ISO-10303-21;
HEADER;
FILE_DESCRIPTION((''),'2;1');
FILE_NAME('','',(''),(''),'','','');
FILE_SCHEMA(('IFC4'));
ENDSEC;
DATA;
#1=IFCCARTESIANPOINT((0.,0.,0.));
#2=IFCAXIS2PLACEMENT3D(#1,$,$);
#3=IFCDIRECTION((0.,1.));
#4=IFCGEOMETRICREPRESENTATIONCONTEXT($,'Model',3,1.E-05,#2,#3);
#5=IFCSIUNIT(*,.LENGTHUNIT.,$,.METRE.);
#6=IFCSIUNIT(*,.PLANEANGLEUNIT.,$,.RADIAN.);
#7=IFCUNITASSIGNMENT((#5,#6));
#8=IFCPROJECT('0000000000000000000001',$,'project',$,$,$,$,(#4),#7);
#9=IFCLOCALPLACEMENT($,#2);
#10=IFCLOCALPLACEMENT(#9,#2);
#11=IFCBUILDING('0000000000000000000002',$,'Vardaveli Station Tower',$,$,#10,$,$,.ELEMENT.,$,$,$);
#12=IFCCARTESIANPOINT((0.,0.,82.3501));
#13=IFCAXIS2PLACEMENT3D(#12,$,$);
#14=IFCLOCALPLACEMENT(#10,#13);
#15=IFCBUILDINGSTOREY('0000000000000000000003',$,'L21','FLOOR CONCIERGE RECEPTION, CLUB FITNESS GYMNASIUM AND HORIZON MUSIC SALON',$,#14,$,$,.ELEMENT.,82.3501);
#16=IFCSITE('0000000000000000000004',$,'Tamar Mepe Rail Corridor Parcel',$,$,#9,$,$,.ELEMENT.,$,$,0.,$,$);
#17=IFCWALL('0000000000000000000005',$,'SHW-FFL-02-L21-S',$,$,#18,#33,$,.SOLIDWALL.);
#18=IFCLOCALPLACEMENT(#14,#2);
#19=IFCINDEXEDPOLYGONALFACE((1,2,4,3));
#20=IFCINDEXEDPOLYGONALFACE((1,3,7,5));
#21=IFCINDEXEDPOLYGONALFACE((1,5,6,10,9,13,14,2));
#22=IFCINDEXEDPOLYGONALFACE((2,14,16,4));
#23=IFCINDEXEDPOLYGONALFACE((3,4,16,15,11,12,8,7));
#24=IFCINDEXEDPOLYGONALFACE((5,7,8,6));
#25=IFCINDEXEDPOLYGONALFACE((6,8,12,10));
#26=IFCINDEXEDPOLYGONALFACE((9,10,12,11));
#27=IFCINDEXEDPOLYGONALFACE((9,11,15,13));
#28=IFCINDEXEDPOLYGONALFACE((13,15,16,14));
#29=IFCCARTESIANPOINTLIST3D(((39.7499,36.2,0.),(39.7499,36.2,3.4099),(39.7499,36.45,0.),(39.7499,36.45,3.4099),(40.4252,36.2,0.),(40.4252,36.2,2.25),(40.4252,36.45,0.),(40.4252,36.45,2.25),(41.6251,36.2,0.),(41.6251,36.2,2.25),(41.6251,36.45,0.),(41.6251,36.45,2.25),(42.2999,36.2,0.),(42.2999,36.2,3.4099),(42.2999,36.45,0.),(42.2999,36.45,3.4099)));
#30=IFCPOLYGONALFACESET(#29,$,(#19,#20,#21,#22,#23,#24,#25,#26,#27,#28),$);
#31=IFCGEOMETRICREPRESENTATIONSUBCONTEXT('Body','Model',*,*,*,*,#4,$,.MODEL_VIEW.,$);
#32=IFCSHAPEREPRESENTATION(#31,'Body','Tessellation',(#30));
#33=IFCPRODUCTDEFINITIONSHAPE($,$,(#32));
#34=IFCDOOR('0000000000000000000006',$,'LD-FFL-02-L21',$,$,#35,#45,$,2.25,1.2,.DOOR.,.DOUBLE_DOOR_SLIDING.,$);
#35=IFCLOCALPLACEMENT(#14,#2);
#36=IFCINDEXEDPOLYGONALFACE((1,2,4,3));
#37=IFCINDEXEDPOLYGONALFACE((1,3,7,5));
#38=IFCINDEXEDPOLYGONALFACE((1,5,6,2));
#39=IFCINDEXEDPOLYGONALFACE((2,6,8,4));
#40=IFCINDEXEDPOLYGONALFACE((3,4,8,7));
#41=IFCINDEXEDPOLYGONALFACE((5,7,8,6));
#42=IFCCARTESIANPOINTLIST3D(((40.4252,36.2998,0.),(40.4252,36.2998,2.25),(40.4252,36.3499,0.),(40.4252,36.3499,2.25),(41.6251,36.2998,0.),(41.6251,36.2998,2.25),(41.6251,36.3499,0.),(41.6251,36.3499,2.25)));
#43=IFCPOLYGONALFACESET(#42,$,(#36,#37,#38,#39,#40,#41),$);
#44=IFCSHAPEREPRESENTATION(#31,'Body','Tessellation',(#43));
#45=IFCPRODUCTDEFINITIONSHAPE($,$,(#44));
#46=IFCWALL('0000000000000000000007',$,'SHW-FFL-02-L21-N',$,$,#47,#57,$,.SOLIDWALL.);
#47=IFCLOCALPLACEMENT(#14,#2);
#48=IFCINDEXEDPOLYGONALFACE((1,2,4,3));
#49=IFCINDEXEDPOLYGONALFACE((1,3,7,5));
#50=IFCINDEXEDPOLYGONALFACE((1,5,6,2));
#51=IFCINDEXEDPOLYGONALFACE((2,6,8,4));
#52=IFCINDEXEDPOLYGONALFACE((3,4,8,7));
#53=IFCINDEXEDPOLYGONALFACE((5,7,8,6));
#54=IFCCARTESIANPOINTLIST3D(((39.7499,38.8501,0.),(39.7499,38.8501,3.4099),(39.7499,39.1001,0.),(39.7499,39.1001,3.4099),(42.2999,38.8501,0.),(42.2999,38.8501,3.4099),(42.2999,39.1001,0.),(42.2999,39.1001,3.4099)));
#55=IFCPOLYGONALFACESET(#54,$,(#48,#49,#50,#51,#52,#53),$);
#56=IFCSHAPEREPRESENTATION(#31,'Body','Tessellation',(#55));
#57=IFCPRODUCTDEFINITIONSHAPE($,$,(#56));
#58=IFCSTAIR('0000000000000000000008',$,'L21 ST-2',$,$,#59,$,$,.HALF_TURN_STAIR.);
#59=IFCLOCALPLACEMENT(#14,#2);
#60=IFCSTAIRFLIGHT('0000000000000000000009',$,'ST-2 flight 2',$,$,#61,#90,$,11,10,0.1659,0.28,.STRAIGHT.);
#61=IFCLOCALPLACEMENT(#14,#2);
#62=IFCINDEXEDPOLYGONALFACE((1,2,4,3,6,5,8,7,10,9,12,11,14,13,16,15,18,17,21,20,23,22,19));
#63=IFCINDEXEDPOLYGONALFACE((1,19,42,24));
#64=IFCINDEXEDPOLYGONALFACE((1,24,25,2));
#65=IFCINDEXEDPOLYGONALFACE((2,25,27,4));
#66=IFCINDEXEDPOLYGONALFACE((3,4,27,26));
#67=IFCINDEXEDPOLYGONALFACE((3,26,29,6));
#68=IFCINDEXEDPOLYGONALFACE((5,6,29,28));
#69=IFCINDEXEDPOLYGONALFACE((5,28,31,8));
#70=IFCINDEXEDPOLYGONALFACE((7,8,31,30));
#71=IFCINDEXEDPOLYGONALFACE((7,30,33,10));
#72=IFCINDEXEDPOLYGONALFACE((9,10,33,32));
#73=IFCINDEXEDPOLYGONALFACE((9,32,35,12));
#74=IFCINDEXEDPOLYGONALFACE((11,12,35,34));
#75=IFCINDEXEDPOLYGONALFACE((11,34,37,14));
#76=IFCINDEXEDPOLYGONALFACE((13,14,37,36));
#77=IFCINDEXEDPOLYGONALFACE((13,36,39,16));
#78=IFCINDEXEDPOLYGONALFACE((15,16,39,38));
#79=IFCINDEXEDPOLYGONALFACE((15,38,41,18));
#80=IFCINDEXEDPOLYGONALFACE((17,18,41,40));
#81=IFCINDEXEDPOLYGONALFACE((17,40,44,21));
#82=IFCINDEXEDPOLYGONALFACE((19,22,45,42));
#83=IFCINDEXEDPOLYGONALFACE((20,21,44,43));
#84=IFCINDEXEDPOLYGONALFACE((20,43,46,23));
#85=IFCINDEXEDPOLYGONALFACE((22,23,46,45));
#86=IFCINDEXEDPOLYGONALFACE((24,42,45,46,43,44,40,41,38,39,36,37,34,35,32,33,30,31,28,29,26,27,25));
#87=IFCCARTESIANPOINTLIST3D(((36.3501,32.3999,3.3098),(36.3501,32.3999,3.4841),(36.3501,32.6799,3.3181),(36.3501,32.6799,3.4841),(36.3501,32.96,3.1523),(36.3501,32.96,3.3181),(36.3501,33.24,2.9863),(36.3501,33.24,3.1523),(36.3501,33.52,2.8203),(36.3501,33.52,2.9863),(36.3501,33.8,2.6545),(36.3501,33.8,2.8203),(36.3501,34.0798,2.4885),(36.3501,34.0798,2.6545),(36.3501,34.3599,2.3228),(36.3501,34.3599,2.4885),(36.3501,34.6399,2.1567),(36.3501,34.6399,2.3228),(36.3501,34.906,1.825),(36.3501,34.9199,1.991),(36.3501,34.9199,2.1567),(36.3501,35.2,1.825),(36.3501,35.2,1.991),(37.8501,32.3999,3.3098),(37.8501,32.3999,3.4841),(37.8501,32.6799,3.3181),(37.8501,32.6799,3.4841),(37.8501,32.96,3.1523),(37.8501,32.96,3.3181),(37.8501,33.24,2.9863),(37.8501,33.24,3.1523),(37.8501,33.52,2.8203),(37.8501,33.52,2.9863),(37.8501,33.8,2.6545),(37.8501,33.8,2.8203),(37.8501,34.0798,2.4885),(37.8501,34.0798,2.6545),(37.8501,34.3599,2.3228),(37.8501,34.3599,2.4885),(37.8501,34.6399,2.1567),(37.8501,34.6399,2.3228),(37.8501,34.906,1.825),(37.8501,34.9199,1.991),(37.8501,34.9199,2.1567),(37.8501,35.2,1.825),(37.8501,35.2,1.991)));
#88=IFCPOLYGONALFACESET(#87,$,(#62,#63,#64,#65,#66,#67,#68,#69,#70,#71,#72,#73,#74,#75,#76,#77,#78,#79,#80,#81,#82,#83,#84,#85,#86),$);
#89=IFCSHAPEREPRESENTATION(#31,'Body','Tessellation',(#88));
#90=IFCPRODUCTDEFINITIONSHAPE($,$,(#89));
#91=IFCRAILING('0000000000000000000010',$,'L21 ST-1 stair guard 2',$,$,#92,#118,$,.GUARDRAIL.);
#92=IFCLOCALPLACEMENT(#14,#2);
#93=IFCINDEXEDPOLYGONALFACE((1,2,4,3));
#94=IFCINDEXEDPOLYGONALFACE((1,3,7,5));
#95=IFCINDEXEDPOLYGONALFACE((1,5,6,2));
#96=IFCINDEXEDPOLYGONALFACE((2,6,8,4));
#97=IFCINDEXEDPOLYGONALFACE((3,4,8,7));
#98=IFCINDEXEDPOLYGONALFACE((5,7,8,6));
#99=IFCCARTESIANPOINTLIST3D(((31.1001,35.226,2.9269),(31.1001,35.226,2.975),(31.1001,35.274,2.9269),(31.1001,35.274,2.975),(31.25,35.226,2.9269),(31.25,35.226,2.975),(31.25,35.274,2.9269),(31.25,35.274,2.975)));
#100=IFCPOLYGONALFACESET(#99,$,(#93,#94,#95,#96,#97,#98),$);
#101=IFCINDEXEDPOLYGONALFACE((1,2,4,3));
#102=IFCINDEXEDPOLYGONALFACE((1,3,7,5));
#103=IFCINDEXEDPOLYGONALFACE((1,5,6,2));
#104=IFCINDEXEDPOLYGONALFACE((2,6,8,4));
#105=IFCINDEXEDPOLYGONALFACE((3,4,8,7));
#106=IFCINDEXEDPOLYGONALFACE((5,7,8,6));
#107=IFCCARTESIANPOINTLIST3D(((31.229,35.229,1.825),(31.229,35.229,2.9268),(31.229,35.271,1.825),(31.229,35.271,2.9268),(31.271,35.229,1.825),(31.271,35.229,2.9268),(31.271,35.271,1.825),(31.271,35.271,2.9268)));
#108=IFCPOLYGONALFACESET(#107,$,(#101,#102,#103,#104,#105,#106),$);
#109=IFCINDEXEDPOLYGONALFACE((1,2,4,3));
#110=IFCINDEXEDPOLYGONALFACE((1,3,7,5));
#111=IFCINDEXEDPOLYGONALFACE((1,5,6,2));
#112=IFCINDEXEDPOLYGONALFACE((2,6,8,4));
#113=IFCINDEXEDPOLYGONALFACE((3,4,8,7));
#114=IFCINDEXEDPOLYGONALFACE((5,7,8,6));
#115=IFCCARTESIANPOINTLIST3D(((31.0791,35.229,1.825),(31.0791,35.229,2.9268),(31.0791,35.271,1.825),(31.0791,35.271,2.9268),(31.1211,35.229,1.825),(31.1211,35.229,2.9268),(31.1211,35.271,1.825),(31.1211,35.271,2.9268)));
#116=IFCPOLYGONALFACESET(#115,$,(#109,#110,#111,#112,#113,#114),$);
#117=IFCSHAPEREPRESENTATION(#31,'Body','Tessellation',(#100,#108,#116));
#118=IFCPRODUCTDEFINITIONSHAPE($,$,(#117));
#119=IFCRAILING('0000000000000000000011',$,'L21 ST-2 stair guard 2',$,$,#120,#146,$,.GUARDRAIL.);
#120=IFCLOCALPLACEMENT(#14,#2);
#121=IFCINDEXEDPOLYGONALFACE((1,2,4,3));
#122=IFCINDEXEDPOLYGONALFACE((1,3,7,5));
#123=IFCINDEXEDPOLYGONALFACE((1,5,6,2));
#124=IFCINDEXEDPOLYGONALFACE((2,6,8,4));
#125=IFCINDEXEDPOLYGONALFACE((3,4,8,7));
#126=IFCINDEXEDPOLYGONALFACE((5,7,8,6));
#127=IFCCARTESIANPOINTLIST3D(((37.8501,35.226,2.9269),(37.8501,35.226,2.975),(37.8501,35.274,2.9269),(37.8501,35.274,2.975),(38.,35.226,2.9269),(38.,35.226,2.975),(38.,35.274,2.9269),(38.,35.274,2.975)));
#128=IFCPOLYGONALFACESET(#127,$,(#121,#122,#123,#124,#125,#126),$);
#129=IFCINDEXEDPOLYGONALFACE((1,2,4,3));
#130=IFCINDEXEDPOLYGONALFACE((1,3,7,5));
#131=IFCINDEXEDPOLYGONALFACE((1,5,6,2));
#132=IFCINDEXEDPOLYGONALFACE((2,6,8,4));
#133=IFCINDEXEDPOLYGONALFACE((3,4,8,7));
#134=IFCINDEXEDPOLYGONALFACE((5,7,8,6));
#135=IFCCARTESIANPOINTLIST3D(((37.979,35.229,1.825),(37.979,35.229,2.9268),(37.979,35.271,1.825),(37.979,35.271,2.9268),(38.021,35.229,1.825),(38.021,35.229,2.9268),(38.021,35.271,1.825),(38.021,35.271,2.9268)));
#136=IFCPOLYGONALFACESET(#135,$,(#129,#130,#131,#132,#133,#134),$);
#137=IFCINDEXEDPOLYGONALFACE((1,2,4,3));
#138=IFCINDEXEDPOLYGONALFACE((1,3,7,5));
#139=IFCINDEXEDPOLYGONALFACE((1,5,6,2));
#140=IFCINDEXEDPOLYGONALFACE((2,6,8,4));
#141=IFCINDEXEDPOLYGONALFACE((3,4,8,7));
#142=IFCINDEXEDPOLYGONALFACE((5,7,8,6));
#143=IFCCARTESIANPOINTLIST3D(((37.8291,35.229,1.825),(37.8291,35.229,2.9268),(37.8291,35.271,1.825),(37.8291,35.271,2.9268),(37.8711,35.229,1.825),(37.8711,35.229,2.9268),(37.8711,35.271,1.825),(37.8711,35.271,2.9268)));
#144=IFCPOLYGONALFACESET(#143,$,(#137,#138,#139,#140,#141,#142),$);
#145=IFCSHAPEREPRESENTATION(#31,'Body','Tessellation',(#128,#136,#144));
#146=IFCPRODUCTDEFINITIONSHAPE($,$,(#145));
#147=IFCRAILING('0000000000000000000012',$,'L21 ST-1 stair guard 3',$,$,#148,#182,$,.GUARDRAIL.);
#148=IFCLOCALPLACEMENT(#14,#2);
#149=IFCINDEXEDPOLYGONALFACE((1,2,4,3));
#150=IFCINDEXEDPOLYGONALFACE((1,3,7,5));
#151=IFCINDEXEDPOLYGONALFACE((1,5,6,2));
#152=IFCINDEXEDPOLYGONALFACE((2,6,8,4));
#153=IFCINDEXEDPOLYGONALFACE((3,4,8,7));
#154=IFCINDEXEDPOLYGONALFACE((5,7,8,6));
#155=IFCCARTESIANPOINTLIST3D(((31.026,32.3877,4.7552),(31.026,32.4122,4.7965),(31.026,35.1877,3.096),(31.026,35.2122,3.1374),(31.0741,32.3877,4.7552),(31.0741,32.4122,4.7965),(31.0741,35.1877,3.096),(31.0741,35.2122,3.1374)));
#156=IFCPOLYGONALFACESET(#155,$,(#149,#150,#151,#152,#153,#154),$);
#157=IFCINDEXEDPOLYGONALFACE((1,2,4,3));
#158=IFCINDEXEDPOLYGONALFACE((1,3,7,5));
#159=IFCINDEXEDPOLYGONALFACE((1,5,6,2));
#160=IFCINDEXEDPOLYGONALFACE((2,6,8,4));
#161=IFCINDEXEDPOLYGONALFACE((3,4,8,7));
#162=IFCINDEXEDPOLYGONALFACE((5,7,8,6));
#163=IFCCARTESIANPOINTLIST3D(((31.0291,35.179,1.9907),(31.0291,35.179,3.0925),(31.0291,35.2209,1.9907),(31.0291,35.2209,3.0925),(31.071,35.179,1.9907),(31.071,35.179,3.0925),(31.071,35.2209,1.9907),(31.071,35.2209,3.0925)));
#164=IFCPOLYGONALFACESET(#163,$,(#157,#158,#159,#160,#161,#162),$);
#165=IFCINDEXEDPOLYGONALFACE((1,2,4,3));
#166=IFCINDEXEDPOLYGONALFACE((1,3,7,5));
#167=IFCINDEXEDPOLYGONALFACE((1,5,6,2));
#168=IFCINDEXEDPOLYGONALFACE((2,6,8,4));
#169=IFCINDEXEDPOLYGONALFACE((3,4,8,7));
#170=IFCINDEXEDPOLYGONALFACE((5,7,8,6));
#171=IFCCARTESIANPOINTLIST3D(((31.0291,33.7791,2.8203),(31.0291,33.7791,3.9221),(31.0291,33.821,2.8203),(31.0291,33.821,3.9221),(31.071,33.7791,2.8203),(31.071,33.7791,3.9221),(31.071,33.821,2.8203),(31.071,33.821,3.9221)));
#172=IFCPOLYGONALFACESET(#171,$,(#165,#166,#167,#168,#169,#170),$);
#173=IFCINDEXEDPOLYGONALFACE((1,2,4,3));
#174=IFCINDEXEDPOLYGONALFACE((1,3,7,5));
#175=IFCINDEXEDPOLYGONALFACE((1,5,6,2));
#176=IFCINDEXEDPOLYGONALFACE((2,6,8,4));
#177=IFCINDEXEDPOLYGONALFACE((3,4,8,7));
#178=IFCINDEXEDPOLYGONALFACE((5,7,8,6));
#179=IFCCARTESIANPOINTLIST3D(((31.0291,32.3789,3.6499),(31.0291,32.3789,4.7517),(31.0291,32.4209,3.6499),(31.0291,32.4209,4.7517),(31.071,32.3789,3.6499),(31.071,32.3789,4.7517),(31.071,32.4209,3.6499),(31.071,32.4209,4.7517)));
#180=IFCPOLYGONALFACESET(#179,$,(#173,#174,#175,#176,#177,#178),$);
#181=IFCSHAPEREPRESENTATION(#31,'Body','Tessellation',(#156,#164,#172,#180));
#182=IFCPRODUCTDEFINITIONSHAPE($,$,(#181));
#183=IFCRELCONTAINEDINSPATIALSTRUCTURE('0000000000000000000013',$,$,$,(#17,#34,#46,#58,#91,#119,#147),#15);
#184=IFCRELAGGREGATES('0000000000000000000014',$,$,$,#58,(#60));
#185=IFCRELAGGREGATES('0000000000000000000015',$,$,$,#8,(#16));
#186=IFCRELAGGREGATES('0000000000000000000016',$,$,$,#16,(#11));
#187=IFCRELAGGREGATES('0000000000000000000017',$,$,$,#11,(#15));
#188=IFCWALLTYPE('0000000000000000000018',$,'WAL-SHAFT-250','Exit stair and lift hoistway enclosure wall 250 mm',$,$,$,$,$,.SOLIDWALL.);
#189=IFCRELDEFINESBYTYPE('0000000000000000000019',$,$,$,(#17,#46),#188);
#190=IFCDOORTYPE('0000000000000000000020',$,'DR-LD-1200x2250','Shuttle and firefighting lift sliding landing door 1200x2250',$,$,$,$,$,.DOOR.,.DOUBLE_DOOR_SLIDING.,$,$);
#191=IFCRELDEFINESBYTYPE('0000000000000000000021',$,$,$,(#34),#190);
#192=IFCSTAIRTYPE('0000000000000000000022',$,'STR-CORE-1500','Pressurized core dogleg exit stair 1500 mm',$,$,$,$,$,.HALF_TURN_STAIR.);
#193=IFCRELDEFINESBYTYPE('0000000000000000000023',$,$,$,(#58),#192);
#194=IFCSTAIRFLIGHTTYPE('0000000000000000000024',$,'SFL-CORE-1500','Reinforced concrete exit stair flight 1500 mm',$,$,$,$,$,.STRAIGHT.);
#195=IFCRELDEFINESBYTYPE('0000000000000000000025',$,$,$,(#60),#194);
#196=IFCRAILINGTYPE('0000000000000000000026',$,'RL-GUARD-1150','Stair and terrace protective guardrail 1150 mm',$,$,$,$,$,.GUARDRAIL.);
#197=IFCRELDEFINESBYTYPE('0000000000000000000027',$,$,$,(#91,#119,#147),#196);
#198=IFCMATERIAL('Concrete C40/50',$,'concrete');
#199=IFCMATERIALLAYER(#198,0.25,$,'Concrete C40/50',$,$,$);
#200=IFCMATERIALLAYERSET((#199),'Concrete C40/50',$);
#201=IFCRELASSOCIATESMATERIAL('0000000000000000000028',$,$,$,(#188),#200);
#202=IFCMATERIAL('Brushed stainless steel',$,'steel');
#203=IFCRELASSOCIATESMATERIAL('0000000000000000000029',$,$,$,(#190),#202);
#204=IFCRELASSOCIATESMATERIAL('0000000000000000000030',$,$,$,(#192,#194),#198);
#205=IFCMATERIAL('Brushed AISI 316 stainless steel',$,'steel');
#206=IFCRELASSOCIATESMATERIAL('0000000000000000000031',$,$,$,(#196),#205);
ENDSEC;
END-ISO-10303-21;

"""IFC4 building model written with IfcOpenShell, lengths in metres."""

from ifc_helpers import new_model, si_unit, direction, frame, frame_2d, origin, origin_2d, place, context, subcontext, project, spatial, polyline, rectangle, outline, extrude, source, transform, mapped, material, layer, layer_set, type_object, element, fill, aggregate, save


model = new_model("IFC4")

# Units and contexts
model_context = context("Model", 3, precision=1e-05, world=origin(), true_north=direction((0.0, 1.0)))
body_context = subcontext(model_context, "Body", "Model", "MODEL_VIEW")
ifc_project = project(units=[si_unit("LENGTHUNIT", "METRE"), si_unit("PLANEANGLEUNIT", "RADIAN")], contexts=[model_context])

# Site, building, storey
site_placement = place(None, origin())
site = spatial("IfcSite", under=ifc_project, at=site_placement, Name="Tamar Mepe Rail Corridor Parcel", CompositionType="ELEMENT", RefElevation=0.0)
building_placement = place(site_placement, origin())
building = spatial("IfcBuilding", under=site, at=building_placement, Name="Vardaveli Station Tower", CompositionType="ELEMENT")
storey_placement = place(building_placement, frame((0.0, 0.0, 82.3501)))
storey = spatial("IfcBuildingStorey", under=building, at=storey_placement, Name="L21", Description="FLOOR CONCIERGE RECEPTION, CLUB FITNESS GYMNASIUM AND HORIZON MUSIC SALON", CompositionType="ELEMENT", Elevation=82.3501)

# Shared definitions
ifc_material_1 = material(Name="Concrete C40/50", Category="concrete")
ifc_layer_1 = layer(ifc_material_1, 0.25, Name="Concrete C40/50")
ifc_layer_set_1 = layer_set([ifc_layer_1], Name="Concrete C40/50")
wall_type_1 = type_object("IfcWallType", Name="WAL-SHAFT-250", Description="Exit stair and lift hoistway enclosure wall 250 mm", PredefinedType="SOLIDWALL", material=ifc_layer_set_1)

# Shared definitions
shared_shape_1 = source(origin(), body_context, "Body", "SweptSolid", [
    extrude(rectangle(XDim=1.2, YDim=2.25, at=frame_2d((0.6001, 1.125))), frame((0.0, 0.135, 0.0), z_axis=(0.0, -1.0, 0.0), x_axis=(1.0, 0.0, 0.0)), (0.0, 0.0, 1.0), 0.27),
])
ifc_material_2 = material(Name="Brushed stainless steel", Category="steel")
door_type = type_object("IfcDoorType", Name="DR-LD-1200x2250", Description="Shuttle and firefighting lift sliding landing door 1200x2250", OperationType="DOUBLE_DOOR_SLIDING", PredefinedType="DOOR", material=ifc_material_2)
shared_shape_2 = source(origin(), body_context, "Body", "SweptSolid", [
    extrude(rectangle(XDim=1.2, YDim=2.25, at=frame_2d((0.6001, 1.125))), frame((0.0, 0.0249, 0.0), z_axis=(0.0, -1.0, 0.0), x_axis=(1.0, 0.0, 0.0)), (0.0, 0.0, 1.0), 0.05),
])

# Wall, opening, door
shared_shape_3 = source(origin(), body_context, "Body", "SweptSolid", [
    extrude(rectangle(XDim=2.55, YDim=0.25, at=frame_2d((1.2749, 0.0))), origin(), (0.0, 0.0, 1.0), 3.4099),
])
wall_1_placement = place(storey_placement, frame((39.75, 36.325, 0.0), z_axis=(0.0, 0.0, 1.0), x_axis=(1.0, 0.0, 0.0)))
wall_1 = element("IfcWall", 1, at=wall_1_placement, inside=storey, type_object=wall_type_1, Name="SHW-FFL-02-L21-S", PredefinedType="SOLIDWALL", context=body_context, shape_type="MappedRepresentation", body=[
    mapped(shared_shape_3, transform((0.0, 0.0, 0.0), scale=1.0)),
])
opening_1_placement = place(wall_1_placement, frame((0.675, 0.0, 0.0)))
opening_1 = element("IfcOpeningElement", 2, at=opening_1_placement, cuts=wall_1, PredefinedType="OPENING", context=body_context, shape_type="MappedRepresentation", body=[
    mapped(shared_shape_1, transform((0.0, 0.0, 0.0), scale=1.0)),
])
door_1_placement = place(opening_1_placement, origin())
door_1 = element("IfcDoor", 3, at=door_1_placement, inside=storey, type_object=door_type, Name="LD-FFL-02-L21", OperationType="DOUBLE_DOOR_SLIDING", OverallHeight=2.25, OverallWidth=1.2, PredefinedType="DOOR", context=body_context, shape_type="MappedRepresentation", body=[
    mapped(shared_shape_2, transform((0.0, 0.0, 0.0), scale=1.0)),
])
fill(opening_1, door_1)

# Wall
wall_2_placement = place(storey_placement, frame((39.75, 38.9751, 0.0), z_axis=(0.0, 0.0, 1.0), x_axis=(1.0, 0.0, 0.0)))
element("IfcWall", 4, at=wall_2_placement, inside=storey, type_object=wall_type_1, Name="SHW-FFL-02-L21-N", PredefinedType="SOLIDWALL", context=body_context, shape_type="MappedRepresentation", body=[
    mapped(shared_shape_3, transform((0.0, 0.0, 0.0), scale=1.0)),
])

# Stair, stair flight
stair_type = type_object("IfcStairType", Name="STR-CORE-1500", Description="Pressurized core dogleg exit stair 1500 mm", PredefinedType="HALF_TURN_STAIR", material=ifc_material_1)
stair_placement = place(storey_placement, origin())
stair = element("IfcStair", 5, at=stair_placement, inside=storey, type_object=stair_type, Name="L21 ST-2", PredefinedType="HALF_TURN_STAIR")
stair_flight_type = type_object("IfcStairFlightType", Name="SFL-CORE-1500", Description="Reinforced concrete exit stair flight 1500 mm", PredefinedType="STRAIGHT", material=ifc_material_1)
shared_shape_4 = source(origin(), body_context, "Body", "SweptSolid", [
    extrude(outline(polyline([(0.0, 0.0), (0.0, 0.166), (0.28, 0.166), (0.28, 0.3318), (0.5601, 0.3318), (0.5601, 0.4978), (0.8401, 0.4978), (0.8401, 0.6636), (1.1201, 0.6636), (1.1201, 0.8296), (1.3999, 0.8296), (1.3999, 0.9954), (1.6799, 0.9954), (1.6799, 1.1614), (1.96, 1.1614), (1.96, 1.3274), (2.24, 1.3274), (2.24, 1.4932), (2.52, 1.4932), (2.52, 1.6592), (2.8, 1.6592), (2.8, 1.825), (2.8, 1.4849), (0.2939, 0.0), (0.0, 0.0)])), frame((0.0, 0.75, 0.0), z_axis=(0.0, -1.0, 0.0), x_axis=(1.0, 0.0, 0.0)), (0.0, 0.0, 1.0), 1.5),
])
stair_flight_placement = place(storey_placement, frame((37.1001, 35.2, 1.825), z_axis=(0.0, 0.0, 1.0), x_axis=(0.0, -1.0, 0.0)))
stair_flight = element("IfcStairFlight", 6, at=stair_flight_placement, type_object=stair_flight_type, Name="ST-2 flight 2", NumberOfRisers=11, NumberOfTreads=10, PredefinedType="STRAIGHT", RiserHeight=0.1659, TreadLength=0.28, context=body_context, shape_type="MappedRepresentation", body=[
    mapped(shared_shape_4, transform((0.0, 0.0, 0.0), scale=1.0)),
])
aggregate(stair, [stair_flight])

# Railings
ifc_material_3 = material(Name="Brushed AISI 316 stainless steel", Category="steel")
railing_type_1 = type_object("IfcRailingType", Name="RL-GUARD-1150", Description="Stair and terrace protective guardrail 1150 mm", PredefinedType="GUARDRAIL", material=ifc_material_3)
shared_shape_5 = source(origin(), body_context, "Body", "SweptSolid", [
    extrude(rectangle(XDim=0.0481, YDim=0.0481, at=origin_2d()), frame((0.0, 0.0, 1.126), z_axis=(-1.0, 0.0, 0.0), x_axis=(0.0, -1.0, 0.0)), (0.0, 0.0, 1.0), 0.1499),
    extrude(rectangle(XDim=0.042, YDim=0.042, at=origin_2d()), origin(), (0.0, 0.0, 1.0), 1.1018),
    extrude(rectangle(XDim=0.042, YDim=0.042, at=origin_2d()), frame((-0.1499, 0.0, 0.0)), (0.0, 0.0, 1.0), 1.1018),
])
for number, where, name in (
    (7, (31.25, 35.25, 1.825), "L21 ST-1 stair guard 2"),
    (8, (38.0, 35.25, 1.825), "L21 ST-2 stair guard 2"),
):
    element("IfcRailing", number, at=place(storey_placement, frame(where)), inside=storey, type_object=railing_type_1, Name=name, PredefinedType="GUARDRAIL", context=body_context, shape_type="MappedRepresentation", body=[
        mapped(shared_shape_5, transform((0.0, 0.0, 0.0), scale=1.0)),
    ])
shared_shape_6 = source(origin(), body_context, "Body", "SweptSolid", [
    extrude(rectangle(XDim=0.0481, YDim=0.0481, at=origin_2d()), frame((0.0, 0.0, 1.126), z_axis=(0.0, -0.860306, 0.509778), x_axis=(1.0, 0.0, 0.0)), (0.0, 0.0, 1.0), 3.2546),
    extrude(rectangle(XDim=0.042, YDim=0.042, at=origin_2d()), origin(), (0.0, 0.0, 1.0), 1.1018),
    extrude(rectangle(XDim=0.042, YDim=0.042, at=origin_2d()), frame((0.0, -1.3999, 0.8296)), (0.0, 0.0, 1.0), 1.1018),
    extrude(rectangle(XDim=0.042, YDim=0.042, at=origin_2d()), frame((0.0, -2.8, 1.6592)), (0.0, 0.0, 1.0), 1.1018),
])
for number, where, name in (
    (9, (31.05, 35.2, 1.9907), "L21 ST-1 stair guard 3"),
):
    element("IfcRailing", number, at=place(storey_placement, frame(where)), inside=storey, type_object=railing_type_1, Name=name, PredefinedType="GUARDRAIL", context=body_context, shape_type="MappedRepresentation", body=[
        mapped(shared_shape_6, transform((0.0, 0.0, 0.0), scale=1.0)),
    ])

save(model, "model.ifc")
